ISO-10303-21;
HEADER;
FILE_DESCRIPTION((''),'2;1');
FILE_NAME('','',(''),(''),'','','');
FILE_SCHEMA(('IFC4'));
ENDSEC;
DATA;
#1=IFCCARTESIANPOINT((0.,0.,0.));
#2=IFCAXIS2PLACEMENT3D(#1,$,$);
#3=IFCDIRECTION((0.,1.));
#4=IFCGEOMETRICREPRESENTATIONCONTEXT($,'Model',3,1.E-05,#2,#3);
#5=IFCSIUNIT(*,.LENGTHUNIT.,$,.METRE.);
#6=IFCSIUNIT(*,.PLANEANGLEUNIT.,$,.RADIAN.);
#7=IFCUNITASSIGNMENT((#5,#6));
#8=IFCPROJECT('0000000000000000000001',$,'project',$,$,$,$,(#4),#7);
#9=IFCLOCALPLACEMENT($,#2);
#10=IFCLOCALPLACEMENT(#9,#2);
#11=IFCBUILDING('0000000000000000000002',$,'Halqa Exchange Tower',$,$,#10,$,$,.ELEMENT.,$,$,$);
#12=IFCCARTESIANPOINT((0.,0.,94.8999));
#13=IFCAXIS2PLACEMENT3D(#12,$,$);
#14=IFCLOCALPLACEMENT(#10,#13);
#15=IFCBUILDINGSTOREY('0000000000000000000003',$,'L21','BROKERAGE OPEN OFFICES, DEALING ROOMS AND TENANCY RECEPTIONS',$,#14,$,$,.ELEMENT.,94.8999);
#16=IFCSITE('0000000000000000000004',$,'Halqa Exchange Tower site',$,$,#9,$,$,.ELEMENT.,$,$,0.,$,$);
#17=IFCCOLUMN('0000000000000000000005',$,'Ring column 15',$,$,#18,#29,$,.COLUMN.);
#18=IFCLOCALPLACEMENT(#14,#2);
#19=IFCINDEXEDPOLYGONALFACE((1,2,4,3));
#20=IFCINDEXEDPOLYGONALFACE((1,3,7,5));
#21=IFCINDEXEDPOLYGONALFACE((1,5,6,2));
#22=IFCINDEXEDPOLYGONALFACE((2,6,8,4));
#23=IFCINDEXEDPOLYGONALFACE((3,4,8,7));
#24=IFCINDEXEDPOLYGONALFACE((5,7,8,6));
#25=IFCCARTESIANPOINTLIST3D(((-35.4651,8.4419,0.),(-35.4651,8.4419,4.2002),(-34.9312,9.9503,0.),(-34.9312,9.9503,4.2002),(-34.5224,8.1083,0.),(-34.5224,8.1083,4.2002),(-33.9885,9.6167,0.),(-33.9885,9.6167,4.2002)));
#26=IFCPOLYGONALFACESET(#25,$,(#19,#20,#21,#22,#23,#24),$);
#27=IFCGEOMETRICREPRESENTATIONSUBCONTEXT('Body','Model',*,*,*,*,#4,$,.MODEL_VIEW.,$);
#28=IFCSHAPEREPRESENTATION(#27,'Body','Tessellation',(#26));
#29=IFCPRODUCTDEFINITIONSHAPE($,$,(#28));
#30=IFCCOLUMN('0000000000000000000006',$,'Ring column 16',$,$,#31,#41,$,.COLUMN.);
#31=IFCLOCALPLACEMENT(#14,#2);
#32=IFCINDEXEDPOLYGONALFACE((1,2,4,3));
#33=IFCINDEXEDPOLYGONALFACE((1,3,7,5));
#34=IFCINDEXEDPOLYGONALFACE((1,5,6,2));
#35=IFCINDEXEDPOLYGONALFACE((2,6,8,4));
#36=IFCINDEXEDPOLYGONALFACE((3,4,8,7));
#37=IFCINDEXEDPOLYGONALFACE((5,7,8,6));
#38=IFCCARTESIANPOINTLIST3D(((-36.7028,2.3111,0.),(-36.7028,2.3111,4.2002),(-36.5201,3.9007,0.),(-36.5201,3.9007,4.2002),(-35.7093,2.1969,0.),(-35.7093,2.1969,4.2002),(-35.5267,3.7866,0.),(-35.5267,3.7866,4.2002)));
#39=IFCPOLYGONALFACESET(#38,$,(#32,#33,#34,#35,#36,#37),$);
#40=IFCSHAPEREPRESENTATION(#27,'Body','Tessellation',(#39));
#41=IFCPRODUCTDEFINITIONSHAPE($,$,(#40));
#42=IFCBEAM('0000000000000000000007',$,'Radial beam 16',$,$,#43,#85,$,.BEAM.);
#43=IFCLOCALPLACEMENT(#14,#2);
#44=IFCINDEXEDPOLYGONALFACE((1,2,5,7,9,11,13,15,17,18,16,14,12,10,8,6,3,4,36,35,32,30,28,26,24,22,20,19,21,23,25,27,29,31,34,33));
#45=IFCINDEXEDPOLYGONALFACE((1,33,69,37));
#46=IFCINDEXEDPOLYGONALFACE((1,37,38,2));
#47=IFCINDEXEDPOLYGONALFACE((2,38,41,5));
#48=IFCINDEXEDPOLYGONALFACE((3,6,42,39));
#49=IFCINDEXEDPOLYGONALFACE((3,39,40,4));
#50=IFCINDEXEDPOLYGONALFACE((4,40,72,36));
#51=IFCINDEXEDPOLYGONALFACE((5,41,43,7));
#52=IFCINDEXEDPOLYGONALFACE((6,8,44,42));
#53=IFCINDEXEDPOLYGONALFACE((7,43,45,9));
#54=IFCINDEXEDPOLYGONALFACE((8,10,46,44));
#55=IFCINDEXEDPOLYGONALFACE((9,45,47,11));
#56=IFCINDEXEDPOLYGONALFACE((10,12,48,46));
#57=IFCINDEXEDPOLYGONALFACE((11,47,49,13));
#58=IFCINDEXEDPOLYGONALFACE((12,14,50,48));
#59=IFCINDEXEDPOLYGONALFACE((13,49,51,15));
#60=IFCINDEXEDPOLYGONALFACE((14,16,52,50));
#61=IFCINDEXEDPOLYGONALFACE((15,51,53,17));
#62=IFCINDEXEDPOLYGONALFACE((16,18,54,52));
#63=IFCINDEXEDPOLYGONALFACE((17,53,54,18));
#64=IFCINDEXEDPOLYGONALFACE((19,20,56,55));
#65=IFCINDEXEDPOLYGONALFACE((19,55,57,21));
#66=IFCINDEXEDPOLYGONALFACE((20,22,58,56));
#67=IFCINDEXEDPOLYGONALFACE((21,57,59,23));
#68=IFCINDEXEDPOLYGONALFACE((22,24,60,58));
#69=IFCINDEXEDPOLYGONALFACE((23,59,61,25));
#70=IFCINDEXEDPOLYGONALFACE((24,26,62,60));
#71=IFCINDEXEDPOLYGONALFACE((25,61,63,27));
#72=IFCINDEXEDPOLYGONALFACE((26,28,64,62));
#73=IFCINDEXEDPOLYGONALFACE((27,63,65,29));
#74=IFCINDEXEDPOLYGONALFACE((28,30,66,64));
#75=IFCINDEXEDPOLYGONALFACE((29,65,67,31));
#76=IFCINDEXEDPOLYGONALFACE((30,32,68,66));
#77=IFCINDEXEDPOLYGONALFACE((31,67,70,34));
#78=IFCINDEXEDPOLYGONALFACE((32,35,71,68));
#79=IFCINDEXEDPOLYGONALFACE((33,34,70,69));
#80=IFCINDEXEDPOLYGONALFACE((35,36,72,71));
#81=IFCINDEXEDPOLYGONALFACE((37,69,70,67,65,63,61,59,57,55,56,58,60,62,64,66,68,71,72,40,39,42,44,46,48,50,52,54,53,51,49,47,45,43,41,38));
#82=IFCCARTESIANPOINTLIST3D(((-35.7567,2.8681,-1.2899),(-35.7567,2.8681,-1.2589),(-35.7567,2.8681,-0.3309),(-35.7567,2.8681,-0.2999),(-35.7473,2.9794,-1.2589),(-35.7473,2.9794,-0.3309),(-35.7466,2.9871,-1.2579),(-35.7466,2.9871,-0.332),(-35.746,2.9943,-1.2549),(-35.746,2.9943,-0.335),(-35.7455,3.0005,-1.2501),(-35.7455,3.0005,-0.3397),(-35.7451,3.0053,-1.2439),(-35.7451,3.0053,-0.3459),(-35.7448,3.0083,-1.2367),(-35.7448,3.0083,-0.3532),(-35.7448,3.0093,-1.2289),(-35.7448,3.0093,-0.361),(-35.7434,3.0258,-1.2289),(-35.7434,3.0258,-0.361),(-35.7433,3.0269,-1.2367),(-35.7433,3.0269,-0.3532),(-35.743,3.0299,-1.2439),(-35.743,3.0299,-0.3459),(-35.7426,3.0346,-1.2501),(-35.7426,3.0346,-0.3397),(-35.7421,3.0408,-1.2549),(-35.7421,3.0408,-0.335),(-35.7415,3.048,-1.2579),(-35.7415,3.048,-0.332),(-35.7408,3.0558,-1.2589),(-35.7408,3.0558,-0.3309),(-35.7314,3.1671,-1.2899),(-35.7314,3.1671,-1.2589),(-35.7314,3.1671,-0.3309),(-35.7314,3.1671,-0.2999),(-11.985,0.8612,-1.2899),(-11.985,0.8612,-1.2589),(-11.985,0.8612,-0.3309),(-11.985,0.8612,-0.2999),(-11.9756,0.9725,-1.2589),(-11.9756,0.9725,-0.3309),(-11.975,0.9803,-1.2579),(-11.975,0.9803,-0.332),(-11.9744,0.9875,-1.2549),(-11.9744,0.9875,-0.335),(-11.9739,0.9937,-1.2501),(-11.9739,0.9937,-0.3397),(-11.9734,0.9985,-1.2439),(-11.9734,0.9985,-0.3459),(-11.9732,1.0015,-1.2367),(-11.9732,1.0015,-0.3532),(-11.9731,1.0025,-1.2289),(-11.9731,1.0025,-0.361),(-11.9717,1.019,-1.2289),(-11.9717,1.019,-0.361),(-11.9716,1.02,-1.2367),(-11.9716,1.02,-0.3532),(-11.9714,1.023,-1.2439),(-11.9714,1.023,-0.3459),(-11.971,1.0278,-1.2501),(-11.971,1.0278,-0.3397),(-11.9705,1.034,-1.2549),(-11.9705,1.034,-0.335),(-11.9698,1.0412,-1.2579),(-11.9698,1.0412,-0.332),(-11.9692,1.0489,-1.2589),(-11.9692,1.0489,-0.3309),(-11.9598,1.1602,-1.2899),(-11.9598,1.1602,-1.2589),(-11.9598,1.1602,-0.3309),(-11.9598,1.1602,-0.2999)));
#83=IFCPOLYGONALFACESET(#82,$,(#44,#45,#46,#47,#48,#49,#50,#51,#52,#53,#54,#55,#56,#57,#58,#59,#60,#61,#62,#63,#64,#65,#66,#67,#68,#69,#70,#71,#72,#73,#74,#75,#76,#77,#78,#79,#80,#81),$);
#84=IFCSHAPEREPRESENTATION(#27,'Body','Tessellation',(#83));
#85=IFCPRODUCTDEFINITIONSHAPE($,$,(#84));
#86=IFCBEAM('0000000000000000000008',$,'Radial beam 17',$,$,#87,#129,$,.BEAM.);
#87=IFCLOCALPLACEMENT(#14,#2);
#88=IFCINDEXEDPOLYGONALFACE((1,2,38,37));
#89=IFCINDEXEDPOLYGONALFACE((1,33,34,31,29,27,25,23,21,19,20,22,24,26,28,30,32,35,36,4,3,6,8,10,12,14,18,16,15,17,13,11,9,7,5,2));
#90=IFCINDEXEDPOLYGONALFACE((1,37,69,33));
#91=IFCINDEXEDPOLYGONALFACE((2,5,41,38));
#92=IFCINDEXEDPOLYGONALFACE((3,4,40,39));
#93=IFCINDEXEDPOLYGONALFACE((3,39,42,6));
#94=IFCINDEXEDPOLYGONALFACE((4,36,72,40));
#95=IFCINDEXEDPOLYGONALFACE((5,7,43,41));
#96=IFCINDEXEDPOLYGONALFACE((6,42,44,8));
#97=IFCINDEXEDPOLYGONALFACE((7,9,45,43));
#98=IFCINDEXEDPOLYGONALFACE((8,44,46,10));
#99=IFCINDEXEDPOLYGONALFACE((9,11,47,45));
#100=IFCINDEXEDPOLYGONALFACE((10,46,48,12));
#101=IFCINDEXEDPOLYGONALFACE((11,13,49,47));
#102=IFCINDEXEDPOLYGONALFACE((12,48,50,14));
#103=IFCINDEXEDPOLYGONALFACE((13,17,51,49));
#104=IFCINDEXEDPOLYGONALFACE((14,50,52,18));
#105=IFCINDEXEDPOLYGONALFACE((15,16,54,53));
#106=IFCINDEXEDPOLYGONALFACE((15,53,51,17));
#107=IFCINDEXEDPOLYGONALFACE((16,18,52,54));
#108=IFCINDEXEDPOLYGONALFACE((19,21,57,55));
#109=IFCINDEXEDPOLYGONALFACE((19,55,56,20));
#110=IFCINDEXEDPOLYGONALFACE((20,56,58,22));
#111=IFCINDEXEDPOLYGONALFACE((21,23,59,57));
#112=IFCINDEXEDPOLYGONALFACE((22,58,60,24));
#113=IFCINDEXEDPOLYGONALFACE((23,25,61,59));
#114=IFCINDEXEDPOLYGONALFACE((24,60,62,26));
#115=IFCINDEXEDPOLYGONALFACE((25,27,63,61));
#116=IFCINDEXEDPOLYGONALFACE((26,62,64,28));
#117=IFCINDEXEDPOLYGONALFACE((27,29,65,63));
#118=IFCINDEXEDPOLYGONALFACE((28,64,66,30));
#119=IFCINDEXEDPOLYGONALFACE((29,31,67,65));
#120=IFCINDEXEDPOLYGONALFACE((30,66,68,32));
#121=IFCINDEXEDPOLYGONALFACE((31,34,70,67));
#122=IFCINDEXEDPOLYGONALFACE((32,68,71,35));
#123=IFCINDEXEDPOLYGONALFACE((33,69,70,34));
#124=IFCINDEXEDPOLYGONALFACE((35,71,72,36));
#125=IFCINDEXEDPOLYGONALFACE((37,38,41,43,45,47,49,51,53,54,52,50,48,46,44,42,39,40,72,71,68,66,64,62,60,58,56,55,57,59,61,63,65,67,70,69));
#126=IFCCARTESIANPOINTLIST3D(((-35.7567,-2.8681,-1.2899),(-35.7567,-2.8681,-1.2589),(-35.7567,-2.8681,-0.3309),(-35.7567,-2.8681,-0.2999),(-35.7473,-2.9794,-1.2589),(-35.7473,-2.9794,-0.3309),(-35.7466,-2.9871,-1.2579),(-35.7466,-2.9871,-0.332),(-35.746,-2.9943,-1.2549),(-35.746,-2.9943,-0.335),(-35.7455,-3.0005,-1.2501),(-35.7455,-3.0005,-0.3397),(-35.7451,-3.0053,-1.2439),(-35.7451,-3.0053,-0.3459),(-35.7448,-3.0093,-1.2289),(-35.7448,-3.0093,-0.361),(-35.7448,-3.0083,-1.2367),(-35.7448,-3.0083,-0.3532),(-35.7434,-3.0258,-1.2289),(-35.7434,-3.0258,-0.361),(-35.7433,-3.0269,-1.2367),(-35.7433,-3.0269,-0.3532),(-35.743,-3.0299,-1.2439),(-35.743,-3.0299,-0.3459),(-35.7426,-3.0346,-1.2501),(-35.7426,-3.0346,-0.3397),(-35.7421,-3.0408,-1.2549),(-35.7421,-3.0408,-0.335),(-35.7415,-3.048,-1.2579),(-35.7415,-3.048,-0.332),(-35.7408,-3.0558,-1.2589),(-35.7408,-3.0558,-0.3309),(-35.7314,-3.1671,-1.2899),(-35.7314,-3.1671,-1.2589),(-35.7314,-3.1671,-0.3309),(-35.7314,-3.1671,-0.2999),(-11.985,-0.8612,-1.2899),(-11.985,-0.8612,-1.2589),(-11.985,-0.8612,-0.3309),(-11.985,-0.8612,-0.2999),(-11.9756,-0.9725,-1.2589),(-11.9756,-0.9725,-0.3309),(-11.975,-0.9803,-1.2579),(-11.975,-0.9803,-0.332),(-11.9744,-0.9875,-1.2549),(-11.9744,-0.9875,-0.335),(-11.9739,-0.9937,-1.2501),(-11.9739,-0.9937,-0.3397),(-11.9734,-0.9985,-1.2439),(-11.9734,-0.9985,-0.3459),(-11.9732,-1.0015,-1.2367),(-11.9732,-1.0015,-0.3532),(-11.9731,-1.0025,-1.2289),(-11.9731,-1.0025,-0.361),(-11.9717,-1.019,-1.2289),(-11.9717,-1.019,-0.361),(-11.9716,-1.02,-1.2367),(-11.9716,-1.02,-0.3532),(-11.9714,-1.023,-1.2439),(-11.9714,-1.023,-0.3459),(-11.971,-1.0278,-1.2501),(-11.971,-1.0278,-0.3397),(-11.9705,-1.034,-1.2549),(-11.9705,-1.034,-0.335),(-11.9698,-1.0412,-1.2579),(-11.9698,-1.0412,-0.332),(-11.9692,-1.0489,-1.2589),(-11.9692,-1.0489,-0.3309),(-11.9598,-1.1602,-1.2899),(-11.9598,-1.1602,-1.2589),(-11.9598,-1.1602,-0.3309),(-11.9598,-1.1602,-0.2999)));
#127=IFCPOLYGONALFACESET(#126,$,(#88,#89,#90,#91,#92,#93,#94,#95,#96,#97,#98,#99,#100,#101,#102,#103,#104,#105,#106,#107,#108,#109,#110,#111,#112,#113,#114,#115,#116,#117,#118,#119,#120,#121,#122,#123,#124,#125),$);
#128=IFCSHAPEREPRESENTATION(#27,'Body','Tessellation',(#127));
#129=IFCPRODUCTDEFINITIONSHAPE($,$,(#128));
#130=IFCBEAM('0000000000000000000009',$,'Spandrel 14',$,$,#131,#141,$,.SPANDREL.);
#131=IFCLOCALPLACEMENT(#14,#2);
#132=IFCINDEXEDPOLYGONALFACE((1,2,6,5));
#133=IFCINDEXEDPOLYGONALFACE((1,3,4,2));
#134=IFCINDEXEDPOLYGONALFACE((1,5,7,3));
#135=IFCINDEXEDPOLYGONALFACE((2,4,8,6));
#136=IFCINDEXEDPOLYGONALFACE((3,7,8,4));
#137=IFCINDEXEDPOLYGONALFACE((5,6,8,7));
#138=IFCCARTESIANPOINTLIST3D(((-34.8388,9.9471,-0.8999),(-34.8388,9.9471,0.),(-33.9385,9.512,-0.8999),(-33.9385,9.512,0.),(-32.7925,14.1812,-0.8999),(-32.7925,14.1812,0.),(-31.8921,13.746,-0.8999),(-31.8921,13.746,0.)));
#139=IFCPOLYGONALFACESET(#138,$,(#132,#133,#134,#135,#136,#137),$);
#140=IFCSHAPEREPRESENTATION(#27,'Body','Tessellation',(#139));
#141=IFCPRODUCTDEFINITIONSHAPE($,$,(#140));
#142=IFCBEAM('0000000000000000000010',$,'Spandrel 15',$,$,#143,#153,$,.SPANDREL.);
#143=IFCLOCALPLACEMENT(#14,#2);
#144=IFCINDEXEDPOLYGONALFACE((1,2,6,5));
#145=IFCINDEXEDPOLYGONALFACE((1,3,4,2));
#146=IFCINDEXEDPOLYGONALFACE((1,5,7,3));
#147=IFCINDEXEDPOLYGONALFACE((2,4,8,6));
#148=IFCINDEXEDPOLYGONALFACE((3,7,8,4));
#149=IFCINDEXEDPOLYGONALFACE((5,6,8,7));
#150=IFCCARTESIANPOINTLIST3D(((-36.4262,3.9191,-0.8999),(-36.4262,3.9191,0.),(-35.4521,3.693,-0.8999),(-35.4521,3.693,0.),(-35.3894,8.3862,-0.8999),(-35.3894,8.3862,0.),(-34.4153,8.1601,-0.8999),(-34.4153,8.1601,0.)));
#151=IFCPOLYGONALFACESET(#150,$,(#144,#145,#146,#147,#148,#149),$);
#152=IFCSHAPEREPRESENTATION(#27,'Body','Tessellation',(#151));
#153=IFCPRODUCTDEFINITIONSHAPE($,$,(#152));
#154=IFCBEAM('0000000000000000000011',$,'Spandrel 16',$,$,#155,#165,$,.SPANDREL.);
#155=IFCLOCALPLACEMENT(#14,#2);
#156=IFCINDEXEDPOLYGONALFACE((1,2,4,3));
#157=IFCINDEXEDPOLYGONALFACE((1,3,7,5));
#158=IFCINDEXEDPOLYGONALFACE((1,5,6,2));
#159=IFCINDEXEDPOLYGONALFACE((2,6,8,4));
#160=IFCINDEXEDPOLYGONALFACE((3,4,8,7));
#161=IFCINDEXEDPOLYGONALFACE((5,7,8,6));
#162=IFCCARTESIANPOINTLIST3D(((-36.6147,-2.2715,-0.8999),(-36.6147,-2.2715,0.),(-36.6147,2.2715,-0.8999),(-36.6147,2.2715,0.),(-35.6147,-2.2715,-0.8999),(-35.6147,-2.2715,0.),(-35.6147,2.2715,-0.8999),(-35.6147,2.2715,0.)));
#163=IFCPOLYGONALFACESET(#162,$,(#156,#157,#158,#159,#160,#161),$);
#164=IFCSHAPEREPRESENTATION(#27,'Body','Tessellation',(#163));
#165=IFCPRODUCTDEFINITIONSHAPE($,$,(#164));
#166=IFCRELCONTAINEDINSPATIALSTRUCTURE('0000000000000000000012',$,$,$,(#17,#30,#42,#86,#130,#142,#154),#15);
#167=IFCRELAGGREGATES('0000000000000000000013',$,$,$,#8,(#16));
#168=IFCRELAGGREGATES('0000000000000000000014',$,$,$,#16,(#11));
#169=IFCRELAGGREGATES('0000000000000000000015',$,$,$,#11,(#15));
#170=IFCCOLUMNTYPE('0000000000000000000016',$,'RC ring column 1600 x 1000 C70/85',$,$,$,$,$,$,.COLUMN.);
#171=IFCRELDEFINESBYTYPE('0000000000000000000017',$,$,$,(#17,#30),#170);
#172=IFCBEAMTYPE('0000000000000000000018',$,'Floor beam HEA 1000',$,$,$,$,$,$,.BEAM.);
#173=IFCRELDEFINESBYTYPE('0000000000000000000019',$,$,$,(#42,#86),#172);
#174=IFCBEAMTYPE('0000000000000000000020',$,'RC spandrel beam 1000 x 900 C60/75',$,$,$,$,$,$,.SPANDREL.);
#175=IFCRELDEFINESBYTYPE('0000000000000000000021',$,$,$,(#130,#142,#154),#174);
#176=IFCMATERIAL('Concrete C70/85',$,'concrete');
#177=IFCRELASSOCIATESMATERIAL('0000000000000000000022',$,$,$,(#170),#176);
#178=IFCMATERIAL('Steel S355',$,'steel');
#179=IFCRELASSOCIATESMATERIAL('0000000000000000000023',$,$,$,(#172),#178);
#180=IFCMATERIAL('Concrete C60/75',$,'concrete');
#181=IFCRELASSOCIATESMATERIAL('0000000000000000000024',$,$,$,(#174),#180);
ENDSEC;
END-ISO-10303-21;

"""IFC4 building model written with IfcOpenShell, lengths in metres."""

from ifc_helpers import new_model, si_unit, direction, frame, origin, origin_2d, place, context, subcontext, project, spatial, rectangle, i_section, extrude, material, material_profile, profile_set, type_object, element, save


model = new_model("IFC4")

# Units and contexts
model_context = context("Model", 3, precision=1e-05, world=origin(), true_north=direction((0.0, 1.0)))
body_context = subcontext(model_context, "Body", "Model", "MODEL_VIEW")
ifc_project = project(units=[si_unit("LENGTHUNIT", "METRE"), si_unit("PLANEANGLEUNIT", "RADIAN")], contexts=[model_context])

# Site, building, storey
site_placement = place(None, origin())
site = spatial("IfcSite", under=ifc_project, at=site_placement, Name="Halqa Exchange Tower site", CompositionType="ELEMENT", RefElevation=0.0)
building_placement = place(site_placement, origin())
building = spatial("IfcBuilding", under=site, at=building_placement, Name="Halqa Exchange Tower", CompositionType="ELEMENT")
storey_placement = place(building_placement, frame((0.0, 0.0, 94.8999)))
storey = spatial("IfcBuildingStorey", under=building, at=storey_placement, Name="L21", Description="BROKERAGE OPEN OFFICES, DEALING ROOMS AND TENANCY RECEPTIONS", CompositionType="ELEMENT", Elevation=94.8999)

# Columns
ifc_material_1 = material(Name="Concrete C70/85", Category="concrete")
ifc_material_profile_1 = material_profile(ifc_material_1, rectangle(XDim=1.6001, YDim=1.0, at=origin_2d()), Name="1600 x 1000")
ifc_profile_set_1 = profile_set([ifc_material_profile_1], Name="Concrete C70/85")
column_type = type_object("IfcColumnType", Name="RC ring column 1600 x 1000 C70/85", PredefinedType="COLUMN", material=ifc_profile_set_1)
for number, where, z_axis, x_axis, name in (
    (1, (-34.7268, 9.0293, 0.0), (0.0, 0.0, 1.0), (-0.333631, -0.942704, 0.0), "Ring column 15"),
    (2, (-36.1147, 3.0488, 0.0), (0.0, 0.0, 1.0), (-0.114157, -0.993463, 0.0), "Ring column 16"),
):
    element("IfcColumn", number, at=place(storey_placement, frame(where, z_axis=z_axis, x_axis=x_axis)), inside=storey, type_object=column_type, Name=name, PredefinedType="COLUMN", context=body_context, shape_type="SweptSolid", body=[
        extrude(rectangle(XDim=1.6001, YDim=1.0, at=origin_2d()), origin(), (0.0, 0.0, 1.0), 4.2002),
    ])

# Beams
ifc_material_2 = material(Name="Steel S355", Category="steel")
ifc_material_profile_2 = material_profile(ifc_material_2, i_section(OverallWidth=0.3, OverallDepth=0.99, WebThickness=0.0166, FlangeThickness=0.031, FilletRadius=0.03, at=origin_2d()), Name="HEA 1000")
ifc_profile_set_2 = profile_set([ifc_material_profile_2], Name="Steel S355")
beam_type_1 = type_object("IfcBeamType", Name="Floor beam HEA 1000", PredefinedType="BEAM", material=ifc_profile_set_2)
for number, where, z_axis, x_axis, name in (
    (3, (-11.9724, 1.0107, -0.7949), (-0.996455, 0.084122, 0.0), (-0.084122, -0.996455, 0.0), "Radial beam 16"),
    (4, (-11.9724, -1.0107, -0.7949), (-0.996455, -0.084122, 0.0), (0.084122, -0.996455, 0.0), "Radial beam 17"),
):
    element("IfcBeam", number, at=place(storey_placement, frame(where, z_axis=z_axis, x_axis=x_axis)), inside=storey, type_object=beam_type_1, Name=name, PredefinedType="BEAM", context=body_context, shape_type="SweptSolid", body=[
        extrude(i_section(OverallWidth=0.3, OverallDepth=0.99, WebThickness=0.0166, FlangeThickness=0.031, FilletRadius=0.03, at=origin_2d()), origin(), (0.0, 0.0, 1.0), 23.8562),
    ])
ifc_material_3 = material(Name="Concrete C60/75", Category="concrete")
ifc_material_profile_3 = material_profile(ifc_material_3, rectangle(XDim=1.0, YDim=0.8999, at=origin_2d()), Name="1000 x 900")
ifc_profile_set_3 = profile_set([ifc_material_profile_3], Name="Concrete C60/75")
beam_type_2 = type_object("IfcBeamType", Name="RC spandrel beam 1000 x 900 C60/75", PredefinedType="SPANDREL", material=ifc_profile_set_3)
beam_1_placement = place(storey_placement, frame((-32.3423, 13.9636, -0.45), z_axis=(-0.43515, -0.900358, 0.0), x_axis=(0.900358, -0.43515, 0.0)))
element("IfcBeam", 5, at=beam_1_placement, inside=storey, type_object=beam_type_2, Name="Spandrel 14", PredefinedType="SPANDREL", context=body_context, shape_type="SweptSolid", body=[
    extrude(rectangle(XDim=1.0, YDim=0.8999, at=origin_2d()), origin(), (0.0, 0.0, 1.0), 4.7026),
])
beam_2_placement = place(storey_placement, frame((-34.9023, 8.2732, -0.45), z_axis=(-0.226092, -0.974106, 0.0), x_axis=(0.974106, -0.226092, 0.0)))
element("IfcBeam", 6, at=beam_2_placement, inside=storey, type_object=beam_type_2, Name="Spandrel 15", PredefinedType="SPANDREL", context=body_context, shape_type="SweptSolid", body=[
    extrude(rectangle(XDim=1.0, YDim=0.8999, at=origin_2d()), origin(), (0.0, 0.0, 1.0), 4.5859),
])
beam_3_placement = place(storey_placement, frame((-36.1147, 2.2715, -0.45), z_axis=(0.0, -1.0, 0.0), x_axis=(1.0, 0.0, 0.0)))
element("IfcBeam", 7, at=beam_3_placement, inside=storey, type_object=beam_type_2, Name="Spandrel 16", PredefinedType="SPANDREL", context=body_context, shape_type="SweptSolid", body=[
    extrude(rectangle(XDim=1.0, YDim=0.8999, at=origin_2d()), origin(), (0.0, 0.0, 1.0), 4.543),
])

save(model, "model.ifc")
